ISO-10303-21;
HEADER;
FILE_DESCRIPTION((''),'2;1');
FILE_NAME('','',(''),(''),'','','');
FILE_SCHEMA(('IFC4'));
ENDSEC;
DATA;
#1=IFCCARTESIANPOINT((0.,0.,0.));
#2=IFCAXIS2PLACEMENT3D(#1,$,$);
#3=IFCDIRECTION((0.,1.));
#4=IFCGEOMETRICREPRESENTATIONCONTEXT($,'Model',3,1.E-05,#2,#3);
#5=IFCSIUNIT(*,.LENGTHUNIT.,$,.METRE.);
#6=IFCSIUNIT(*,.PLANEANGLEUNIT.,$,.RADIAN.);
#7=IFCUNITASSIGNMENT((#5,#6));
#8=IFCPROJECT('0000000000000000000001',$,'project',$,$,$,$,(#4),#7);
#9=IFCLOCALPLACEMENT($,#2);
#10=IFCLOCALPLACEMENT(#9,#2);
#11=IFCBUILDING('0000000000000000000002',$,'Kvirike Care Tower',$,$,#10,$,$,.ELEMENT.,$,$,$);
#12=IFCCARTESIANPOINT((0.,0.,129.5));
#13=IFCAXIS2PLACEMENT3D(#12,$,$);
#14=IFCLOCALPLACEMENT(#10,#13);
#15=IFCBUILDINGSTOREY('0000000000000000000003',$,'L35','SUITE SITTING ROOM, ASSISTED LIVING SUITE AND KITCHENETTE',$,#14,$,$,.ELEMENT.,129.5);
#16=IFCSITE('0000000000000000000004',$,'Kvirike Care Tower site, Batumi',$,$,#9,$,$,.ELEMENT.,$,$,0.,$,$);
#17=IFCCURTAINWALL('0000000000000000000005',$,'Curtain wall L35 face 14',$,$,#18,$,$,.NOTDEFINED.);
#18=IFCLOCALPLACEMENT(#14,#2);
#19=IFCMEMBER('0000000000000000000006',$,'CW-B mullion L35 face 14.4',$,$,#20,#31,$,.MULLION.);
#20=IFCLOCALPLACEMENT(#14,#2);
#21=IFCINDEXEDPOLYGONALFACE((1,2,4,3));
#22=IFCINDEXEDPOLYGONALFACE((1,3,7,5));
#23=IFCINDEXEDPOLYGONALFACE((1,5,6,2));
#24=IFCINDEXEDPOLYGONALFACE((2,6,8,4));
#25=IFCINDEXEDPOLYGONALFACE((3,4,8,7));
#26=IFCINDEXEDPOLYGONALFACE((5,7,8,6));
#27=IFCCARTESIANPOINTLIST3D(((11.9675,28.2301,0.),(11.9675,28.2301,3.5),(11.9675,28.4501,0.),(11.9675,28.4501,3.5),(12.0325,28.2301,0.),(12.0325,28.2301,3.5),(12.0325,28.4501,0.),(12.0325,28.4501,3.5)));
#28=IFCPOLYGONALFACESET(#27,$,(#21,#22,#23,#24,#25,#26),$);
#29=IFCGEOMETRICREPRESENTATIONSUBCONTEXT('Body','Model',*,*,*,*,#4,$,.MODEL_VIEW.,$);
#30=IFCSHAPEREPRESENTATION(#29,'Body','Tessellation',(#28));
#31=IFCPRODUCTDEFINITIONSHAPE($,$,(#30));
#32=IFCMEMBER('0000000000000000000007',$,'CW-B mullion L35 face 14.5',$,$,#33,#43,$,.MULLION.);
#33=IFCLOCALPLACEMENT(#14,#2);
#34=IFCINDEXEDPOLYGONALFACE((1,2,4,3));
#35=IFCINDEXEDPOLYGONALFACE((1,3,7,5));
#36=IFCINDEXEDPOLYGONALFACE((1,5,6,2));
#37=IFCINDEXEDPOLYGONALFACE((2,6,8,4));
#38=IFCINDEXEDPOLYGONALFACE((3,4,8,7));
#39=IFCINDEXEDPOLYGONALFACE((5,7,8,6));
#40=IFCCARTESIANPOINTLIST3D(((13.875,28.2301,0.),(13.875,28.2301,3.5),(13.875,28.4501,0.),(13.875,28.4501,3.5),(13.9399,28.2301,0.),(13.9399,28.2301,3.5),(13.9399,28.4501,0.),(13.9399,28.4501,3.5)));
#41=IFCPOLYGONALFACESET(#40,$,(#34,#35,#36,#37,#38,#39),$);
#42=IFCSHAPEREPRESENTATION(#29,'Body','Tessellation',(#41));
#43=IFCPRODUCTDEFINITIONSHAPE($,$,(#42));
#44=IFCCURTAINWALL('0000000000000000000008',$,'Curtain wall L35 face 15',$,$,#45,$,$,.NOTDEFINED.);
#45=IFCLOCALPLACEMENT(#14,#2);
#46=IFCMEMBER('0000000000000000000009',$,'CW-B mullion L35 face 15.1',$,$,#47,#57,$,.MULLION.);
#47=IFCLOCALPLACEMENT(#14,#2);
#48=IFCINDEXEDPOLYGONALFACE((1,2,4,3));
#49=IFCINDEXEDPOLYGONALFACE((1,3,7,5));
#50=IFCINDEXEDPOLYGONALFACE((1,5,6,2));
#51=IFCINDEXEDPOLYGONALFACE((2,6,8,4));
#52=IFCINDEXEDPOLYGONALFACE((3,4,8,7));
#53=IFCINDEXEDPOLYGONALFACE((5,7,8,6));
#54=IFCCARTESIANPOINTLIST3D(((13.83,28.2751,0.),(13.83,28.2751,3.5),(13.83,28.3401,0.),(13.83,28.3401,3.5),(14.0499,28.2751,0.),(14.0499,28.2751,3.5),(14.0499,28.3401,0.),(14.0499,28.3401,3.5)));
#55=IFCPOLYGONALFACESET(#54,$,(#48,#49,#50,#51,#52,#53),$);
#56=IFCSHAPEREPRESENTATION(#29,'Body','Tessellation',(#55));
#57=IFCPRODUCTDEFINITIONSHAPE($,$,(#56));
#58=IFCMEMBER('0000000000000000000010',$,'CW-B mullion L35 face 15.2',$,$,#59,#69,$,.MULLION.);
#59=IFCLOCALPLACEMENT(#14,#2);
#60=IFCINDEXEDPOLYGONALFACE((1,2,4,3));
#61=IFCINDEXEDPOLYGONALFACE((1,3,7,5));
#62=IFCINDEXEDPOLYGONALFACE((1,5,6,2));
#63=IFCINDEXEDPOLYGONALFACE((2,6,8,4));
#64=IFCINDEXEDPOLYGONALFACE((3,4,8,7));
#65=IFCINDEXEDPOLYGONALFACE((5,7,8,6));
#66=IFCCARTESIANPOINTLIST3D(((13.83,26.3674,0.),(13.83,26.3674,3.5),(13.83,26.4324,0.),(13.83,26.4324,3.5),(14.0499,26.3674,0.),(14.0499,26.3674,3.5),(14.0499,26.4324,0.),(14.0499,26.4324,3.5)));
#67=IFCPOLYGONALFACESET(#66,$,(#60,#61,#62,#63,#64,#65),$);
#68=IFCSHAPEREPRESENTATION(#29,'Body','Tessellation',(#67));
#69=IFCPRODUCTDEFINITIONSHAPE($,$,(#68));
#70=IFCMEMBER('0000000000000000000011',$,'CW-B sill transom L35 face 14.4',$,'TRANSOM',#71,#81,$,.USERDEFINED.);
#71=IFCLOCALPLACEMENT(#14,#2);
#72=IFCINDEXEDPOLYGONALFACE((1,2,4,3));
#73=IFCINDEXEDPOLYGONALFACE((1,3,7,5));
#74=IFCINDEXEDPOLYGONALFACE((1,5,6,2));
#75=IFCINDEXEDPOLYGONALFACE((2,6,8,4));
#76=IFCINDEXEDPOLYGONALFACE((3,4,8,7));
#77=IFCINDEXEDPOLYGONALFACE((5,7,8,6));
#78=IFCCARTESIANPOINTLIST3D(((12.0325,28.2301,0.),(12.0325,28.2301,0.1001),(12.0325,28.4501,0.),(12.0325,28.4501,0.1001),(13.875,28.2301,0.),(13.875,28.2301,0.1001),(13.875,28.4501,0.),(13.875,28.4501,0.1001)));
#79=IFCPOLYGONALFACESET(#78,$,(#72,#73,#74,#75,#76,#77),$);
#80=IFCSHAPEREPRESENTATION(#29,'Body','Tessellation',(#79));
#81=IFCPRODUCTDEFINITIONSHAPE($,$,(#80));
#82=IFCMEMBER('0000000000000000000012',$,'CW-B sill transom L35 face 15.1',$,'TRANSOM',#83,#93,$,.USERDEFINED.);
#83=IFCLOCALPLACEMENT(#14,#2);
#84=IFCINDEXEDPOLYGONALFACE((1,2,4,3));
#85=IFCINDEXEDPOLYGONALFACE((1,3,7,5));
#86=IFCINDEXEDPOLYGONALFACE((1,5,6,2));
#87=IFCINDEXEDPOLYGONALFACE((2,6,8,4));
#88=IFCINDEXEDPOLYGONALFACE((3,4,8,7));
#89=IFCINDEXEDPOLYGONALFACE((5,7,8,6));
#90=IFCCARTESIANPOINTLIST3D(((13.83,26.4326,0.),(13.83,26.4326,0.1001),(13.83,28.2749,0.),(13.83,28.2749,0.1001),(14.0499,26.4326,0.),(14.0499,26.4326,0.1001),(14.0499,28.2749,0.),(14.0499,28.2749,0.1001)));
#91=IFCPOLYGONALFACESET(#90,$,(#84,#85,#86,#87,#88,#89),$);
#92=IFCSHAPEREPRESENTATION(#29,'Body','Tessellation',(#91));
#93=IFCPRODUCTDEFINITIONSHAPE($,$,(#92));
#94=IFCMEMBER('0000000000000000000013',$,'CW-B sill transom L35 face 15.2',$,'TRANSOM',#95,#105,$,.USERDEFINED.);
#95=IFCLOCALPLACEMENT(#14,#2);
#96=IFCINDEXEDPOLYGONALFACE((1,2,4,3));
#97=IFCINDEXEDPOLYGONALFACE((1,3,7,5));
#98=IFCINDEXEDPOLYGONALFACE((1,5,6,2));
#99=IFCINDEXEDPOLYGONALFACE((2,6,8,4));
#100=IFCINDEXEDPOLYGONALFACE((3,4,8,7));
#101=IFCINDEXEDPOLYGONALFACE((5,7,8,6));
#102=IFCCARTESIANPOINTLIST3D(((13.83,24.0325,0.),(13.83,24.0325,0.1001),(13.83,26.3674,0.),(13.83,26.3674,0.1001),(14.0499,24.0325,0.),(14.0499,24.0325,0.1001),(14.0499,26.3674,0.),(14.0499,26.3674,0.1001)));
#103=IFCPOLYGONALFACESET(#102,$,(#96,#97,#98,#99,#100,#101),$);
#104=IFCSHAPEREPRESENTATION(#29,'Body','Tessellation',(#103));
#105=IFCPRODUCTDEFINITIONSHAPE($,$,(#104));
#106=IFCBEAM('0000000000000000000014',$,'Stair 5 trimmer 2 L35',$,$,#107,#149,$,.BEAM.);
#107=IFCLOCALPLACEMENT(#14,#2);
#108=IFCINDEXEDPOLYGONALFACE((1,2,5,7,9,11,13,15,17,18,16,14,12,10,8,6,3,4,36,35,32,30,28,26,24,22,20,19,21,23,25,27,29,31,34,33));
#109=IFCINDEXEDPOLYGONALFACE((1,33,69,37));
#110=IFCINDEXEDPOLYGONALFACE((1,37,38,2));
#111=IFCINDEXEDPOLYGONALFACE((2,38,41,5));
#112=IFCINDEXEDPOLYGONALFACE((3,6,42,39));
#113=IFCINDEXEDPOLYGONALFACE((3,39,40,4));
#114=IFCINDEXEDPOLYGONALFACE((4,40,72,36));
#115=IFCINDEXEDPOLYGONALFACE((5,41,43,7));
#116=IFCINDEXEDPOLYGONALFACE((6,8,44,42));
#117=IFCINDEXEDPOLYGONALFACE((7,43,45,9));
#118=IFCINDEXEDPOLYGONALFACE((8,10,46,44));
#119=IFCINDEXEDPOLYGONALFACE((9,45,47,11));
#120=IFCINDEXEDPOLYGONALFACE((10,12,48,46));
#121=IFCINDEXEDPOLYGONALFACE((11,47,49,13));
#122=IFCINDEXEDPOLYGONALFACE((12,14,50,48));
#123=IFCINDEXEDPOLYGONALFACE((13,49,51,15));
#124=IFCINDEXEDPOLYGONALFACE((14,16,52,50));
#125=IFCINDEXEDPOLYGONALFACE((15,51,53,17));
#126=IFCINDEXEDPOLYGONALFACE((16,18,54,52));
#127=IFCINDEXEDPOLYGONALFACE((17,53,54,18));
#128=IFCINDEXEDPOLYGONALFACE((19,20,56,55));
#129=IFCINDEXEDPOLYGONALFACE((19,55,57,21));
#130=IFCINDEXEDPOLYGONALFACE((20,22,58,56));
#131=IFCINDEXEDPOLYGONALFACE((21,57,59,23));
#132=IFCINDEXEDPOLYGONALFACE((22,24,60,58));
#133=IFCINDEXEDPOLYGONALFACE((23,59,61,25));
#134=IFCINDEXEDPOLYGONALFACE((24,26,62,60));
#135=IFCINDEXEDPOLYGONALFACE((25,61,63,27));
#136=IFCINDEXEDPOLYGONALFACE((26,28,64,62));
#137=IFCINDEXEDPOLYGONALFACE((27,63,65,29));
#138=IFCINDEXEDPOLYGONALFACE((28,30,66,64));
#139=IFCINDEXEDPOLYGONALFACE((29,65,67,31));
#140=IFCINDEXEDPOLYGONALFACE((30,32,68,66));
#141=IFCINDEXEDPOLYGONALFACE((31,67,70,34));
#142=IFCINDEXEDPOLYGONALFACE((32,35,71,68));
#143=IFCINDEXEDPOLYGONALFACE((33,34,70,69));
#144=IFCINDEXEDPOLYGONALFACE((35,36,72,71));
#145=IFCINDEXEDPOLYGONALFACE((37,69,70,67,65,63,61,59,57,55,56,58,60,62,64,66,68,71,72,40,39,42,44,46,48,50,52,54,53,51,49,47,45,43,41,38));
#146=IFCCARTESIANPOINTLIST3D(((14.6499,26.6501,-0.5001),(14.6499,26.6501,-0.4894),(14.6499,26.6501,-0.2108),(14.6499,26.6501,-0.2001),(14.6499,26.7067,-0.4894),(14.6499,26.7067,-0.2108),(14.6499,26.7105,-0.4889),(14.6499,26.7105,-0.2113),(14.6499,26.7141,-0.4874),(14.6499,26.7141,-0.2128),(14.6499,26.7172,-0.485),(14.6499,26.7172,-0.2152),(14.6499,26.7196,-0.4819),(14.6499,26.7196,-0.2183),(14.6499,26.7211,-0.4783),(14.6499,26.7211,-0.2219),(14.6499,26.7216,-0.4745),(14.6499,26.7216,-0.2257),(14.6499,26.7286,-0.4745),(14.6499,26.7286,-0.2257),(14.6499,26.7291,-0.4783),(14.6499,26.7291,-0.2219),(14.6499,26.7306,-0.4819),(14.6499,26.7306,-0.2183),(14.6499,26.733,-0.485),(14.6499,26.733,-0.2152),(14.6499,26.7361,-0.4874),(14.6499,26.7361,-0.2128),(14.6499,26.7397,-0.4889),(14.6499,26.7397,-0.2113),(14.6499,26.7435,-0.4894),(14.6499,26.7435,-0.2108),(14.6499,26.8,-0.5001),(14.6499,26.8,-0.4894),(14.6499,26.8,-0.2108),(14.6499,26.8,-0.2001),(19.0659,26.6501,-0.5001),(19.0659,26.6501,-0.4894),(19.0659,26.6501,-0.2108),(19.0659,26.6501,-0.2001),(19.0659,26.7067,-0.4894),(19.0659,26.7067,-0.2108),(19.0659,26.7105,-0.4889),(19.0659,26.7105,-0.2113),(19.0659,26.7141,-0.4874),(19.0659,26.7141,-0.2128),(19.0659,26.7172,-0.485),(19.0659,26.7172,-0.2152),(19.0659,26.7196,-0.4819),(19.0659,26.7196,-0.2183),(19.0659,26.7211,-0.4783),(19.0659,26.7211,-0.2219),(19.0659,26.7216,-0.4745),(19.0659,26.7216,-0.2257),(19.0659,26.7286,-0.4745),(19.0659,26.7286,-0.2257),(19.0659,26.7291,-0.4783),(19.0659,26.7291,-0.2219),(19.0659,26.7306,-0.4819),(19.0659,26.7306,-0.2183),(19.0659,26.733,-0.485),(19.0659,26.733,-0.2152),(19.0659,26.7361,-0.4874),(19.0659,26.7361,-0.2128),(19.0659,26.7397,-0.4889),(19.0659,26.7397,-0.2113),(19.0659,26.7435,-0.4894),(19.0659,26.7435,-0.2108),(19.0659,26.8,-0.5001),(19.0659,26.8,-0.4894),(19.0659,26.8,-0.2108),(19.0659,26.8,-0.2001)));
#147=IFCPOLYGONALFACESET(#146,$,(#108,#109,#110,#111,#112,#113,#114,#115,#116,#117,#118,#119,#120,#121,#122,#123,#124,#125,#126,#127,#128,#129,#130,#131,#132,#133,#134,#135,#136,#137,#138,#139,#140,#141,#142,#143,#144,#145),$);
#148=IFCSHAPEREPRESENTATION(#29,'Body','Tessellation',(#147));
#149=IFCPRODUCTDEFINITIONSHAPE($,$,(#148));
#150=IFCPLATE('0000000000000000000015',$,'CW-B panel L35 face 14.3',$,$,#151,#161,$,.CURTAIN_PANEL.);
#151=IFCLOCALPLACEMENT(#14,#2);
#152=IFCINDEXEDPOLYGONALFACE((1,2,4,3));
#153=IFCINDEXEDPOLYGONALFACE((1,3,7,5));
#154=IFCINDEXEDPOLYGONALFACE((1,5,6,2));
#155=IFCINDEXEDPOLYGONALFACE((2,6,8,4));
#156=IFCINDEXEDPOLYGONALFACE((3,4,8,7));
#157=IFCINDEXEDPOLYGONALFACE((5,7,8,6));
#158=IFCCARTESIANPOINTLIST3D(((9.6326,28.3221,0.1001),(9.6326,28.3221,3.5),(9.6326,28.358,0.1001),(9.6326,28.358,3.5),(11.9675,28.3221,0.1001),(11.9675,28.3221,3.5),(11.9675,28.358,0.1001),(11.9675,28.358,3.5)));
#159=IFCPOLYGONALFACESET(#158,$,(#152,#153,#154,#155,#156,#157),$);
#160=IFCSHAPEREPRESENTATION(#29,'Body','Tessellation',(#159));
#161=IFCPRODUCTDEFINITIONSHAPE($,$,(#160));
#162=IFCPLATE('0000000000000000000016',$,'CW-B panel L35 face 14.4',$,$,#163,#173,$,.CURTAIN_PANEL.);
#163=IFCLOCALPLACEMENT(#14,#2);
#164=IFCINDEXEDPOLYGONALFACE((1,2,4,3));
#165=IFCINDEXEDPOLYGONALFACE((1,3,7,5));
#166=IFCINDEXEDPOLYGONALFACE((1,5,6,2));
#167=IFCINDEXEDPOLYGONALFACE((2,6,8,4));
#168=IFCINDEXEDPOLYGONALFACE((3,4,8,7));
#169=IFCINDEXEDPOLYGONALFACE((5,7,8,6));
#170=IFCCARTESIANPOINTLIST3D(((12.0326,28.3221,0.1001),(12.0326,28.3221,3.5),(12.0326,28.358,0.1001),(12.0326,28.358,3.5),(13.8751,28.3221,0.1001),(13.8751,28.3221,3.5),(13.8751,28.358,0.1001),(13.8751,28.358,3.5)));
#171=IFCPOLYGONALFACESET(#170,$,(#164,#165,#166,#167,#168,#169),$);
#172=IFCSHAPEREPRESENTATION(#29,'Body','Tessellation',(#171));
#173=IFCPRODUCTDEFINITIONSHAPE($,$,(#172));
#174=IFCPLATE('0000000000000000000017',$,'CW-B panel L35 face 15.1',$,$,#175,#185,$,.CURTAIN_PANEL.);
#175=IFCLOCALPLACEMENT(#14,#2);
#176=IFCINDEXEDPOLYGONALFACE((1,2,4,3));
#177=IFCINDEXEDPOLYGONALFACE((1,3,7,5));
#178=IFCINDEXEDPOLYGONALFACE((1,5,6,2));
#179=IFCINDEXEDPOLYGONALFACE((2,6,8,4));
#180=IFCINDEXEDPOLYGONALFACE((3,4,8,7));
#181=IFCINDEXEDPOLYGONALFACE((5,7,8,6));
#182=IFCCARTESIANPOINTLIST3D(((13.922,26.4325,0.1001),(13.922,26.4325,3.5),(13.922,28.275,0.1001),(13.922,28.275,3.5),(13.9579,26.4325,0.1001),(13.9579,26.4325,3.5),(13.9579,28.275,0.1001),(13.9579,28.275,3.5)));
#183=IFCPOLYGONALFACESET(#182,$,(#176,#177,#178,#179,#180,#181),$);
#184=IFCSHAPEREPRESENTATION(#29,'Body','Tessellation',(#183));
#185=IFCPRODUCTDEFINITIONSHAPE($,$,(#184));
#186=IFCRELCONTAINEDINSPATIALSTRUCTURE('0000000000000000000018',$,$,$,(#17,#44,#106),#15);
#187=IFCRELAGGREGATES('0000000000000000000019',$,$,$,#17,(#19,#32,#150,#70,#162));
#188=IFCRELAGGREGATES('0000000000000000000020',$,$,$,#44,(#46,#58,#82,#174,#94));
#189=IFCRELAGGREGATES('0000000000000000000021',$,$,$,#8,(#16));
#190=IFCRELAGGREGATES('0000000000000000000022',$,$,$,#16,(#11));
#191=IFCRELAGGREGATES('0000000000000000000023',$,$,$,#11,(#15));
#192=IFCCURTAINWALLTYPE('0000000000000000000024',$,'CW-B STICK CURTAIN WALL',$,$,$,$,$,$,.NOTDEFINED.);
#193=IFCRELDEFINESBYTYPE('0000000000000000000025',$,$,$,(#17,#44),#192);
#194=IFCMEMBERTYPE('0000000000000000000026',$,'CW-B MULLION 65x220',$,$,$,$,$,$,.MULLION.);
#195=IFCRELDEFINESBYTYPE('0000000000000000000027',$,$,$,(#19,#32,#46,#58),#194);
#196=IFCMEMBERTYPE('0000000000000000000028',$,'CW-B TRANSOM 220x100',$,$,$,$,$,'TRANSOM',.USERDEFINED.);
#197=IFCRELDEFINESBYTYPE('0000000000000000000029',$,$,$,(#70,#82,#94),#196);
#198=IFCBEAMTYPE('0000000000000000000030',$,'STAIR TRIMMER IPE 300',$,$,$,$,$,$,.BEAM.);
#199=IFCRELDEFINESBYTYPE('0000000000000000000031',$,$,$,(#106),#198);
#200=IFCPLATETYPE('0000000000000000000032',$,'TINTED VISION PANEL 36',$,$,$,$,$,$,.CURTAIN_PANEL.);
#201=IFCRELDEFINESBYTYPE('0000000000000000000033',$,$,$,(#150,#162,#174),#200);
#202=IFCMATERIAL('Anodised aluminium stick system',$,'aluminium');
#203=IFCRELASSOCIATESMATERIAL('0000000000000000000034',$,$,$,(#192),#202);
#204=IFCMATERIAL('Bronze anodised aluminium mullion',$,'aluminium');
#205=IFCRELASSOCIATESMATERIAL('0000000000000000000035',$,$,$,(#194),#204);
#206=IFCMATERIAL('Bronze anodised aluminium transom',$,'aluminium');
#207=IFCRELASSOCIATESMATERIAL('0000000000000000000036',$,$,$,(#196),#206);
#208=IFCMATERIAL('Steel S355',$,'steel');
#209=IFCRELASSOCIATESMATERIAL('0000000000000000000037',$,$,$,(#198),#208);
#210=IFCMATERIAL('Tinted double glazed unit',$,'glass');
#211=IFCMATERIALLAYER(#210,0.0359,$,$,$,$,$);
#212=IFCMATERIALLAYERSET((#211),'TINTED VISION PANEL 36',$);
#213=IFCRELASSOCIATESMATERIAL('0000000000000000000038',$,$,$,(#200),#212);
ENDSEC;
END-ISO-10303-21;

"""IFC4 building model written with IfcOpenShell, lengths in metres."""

from ifc_helpers import new_model, si_unit, direction, frame, origin, origin_2d, place, context, subcontext, project, spatial, rectangle, i_section, extrude, material, layer, layer_set, material_profile, profile_set, type_object, element, aggregate, save


model = new_model("IFC4")

# Units and contexts
model_context = context("Model", 3, precision=1e-05, world=origin(), true_north=direction((0.0, 1.0)))
body_context = subcontext(model_context, "Body", "Model", "MODEL_VIEW")
ifc_project = project(units=[si_unit("LENGTHUNIT", "METRE"), si_unit("PLANEANGLEUNIT", "RADIAN")], contexts=[model_context])

# Site, building, storey
site_placement = place(None, origin())
site = spatial("IfcSite", under=ifc_project, at=site_placement, Name="Kvirike Care Tower site, Batumi", CompositionType="ELEMENT", RefElevation=0.0)
building_placement = place(site_placement, origin())
building = spatial("IfcBuilding", under=site, at=building_placement, Name="Kvirike Care Tower", CompositionType="ELEMENT")
storey_placement = place(building_placement, frame((0.0, 0.0, 129.5)))
storey = spatial("IfcBuildingStorey", under=building, at=storey_placement, Name="L35", Description="SUITE SITTING ROOM, ASSISTED LIVING SUITE AND KITCHENETTE", CompositionType="ELEMENT", Elevation=129.5)

# Curtain walls, members
ifc_material_1 = material(Name="Anodised aluminium stick system", Category="aluminium")
curtain_wall_type = type_object("IfcCurtainWallType", Name="CW-B STICK CURTAIN WALL", PredefinedType="NOTDEFINED", material=ifc_material_1)
curtain_wall_1_placement = place(storey_placement, origin())
curtain_wall_1 = element("IfcCurtainWall", 1, at=curtain_wall_1_placement, inside=storey, type_object=curtain_wall_type, Name="Curtain wall L35 face 14", PredefinedType="NOTDEFINED")
ifc_material_2 = material(Name="Bronze anodised aluminium mullion", Category="aluminium")
ifc_material_profile_1 = material_profile(ifc_material_2, rectangle(XDim=0.0649, YDim=0.22, at=origin_2d()), Name="CW-B MULLION 65x220")
ifc_profile_set_1 = profile_set([ifc_material_profile_1], Name="Bronze anodised aluminium mullion")
member_type_1 = type_object("IfcMemberType", Name="CW-B MULLION 65x220", PredefinedType="MULLION", material=ifc_profile_set_1)
member_1_placement = place(storey_placement, frame((12.0, 28.3401, 0.0), z_axis=(0.0, 0.0, 1.0), x_axis=(1.0, 0.0, 0.0)))
member_1 = element("IfcMember", 2, at=member_1_placement, type_object=member_type_1, Name="CW-B mullion L35 face 14.4", PredefinedType="MULLION", context=body_context, shape_type="SweptSolid", body=[
    extrude(rectangle(XDim=0.0649, YDim=0.22, at=origin_2d()), origin(), (0.0, 0.0, 1.0), 3.5),
])
member_2_placement = place(storey_placement, frame((13.9075, 28.3401, 0.0), z_axis=(0.0, 0.0, 1.0), x_axis=(1.0, 0.0, 0.0)))
member_2 = element("IfcMember", 3, at=member_2_placement, type_object=member_type_1, Name="CW-B mullion L35 face 14.5", PredefinedType="MULLION", context=body_context, shape_type="SweptSolid", body=[
    extrude(rectangle(XDim=0.0649, YDim=0.22, at=origin_2d()), origin(), (0.0, 0.0, 1.0), 3.5),
])
curtain_wall_2_placement = place(storey_placement, origin())
curtain_wall_2 = element("IfcCurtainWall", 4, at=curtain_wall_2_placement, inside=storey, type_object=curtain_wall_type, Name="Curtain wall L35 face 15", PredefinedType="NOTDEFINED")
member_3_placement = place(storey_placement, frame((13.9399, 28.3076, 0.0), z_axis=(0.0, 0.0, 1.0), x_axis=(0.0, -1.0, 0.0)))
member_3 = element("IfcMember", 5, at=member_3_placement, type_object=member_type_1, Name="CW-B mullion L35 face 15.1", PredefinedType="MULLION", context=body_context, shape_type="SweptSolid", body=[
    extrude(rectangle(XDim=0.0649, YDim=0.22, at=origin_2d()), origin(), (0.0, 0.0, 1.0), 3.5),
])
member_4_placement = place(storey_placement, frame((13.9399, 26.3999, 0.0), z_axis=(0.0, 0.0, 1.0), x_axis=(0.0, -1.0, 0.0)))
member_4 = element("IfcMember", 6, at=member_4_placement, type_object=member_type_1, Name="CW-B mullion L35 face 15.2", PredefinedType="MULLION", context=body_context, shape_type="SweptSolid", body=[
    extrude(rectangle(XDim=0.0649, YDim=0.22, at=origin_2d()), origin(), (0.0, 0.0, 1.0), 3.5),
])

# Members
ifc_material_3 = material(Name="Bronze anodised aluminium transom", Category="aluminium")
ifc_material_profile_2 = material_profile(ifc_material_3, rectangle(XDim=0.22, YDim=0.1001, at=origin_2d()), Name="CW-B TRANSOM 220x100")
ifc_profile_set_2 = profile_set([ifc_material_profile_2], Name="Bronze anodised aluminium transom")
member_type_2 = type_object("IfcMemberType", Name="CW-B TRANSOM 220x100", ElementType="TRANSOM", PredefinedType="USERDEFINED", material=ifc_profile_set_2)
member_5_placement = place(storey_placement, frame((12.0325, 28.3401, 0.05), z_axis=(1.0, 0.0, 0.0), x_axis=(0.0, 1.0, 0.0)))
member_5 = element("IfcMember", 7, at=member_5_placement, type_object=member_type_2, Name="CW-B sill transom L35 face 14.4", ObjectType="TRANSOM", PredefinedType="USERDEFINED", context=body_context, shape_type="SweptSolid", body=[
    extrude(rectangle(XDim=0.22, YDim=0.1001, at=origin_2d()), origin(), (0.0, 0.0, 1.0), 1.8425),
])
member_6_placement = place(storey_placement, frame((13.9399, 28.2749, 0.05), z_axis=(0.0, -1.0, 0.0), x_axis=(1.0, 0.0, 0.0)))
member_6 = element("IfcMember", 8, at=member_6_placement, type_object=member_type_2, Name="CW-B sill transom L35 face 15.1", ObjectType="TRANSOM", PredefinedType="USERDEFINED", context=body_context, shape_type="SweptSolid", body=[
    extrude(rectangle(XDim=0.22, YDim=0.1001, at=origin_2d()), origin(), (0.0, 0.0, 1.0), 1.8423),
])
member_7_placement = place(storey_placement, frame((13.9399, 26.3674, 0.05), z_axis=(0.0, -1.0, 0.0), x_axis=(1.0, 0.0, 0.0)))
member_7 = element("IfcMember", 9, at=member_7_placement, type_object=member_type_2, Name="CW-B sill transom L35 face 15.2", ObjectType="TRANSOM", PredefinedType="USERDEFINED", context=body_context, shape_type="SweptSolid", body=[
    extrude(rectangle(XDim=0.22, YDim=0.1001, at=origin_2d()), origin(), (0.0, 0.0, 1.0), 2.335),
])

# Beam
ifc_material_4 = material(Name="Steel S355", Category="steel")
ifc_material_profile_3 = material_profile(ifc_material_4, i_section(OverallWidth=0.1499, OverallDepth=0.3, WebThickness=0.0071, FlangeThickness=0.0107, FilletRadius=0.0149, at=origin_2d()), Name="IPE 300")
ifc_profile_set_3 = profile_set([ifc_material_profile_3], Name="Steel S355")
beam_type = type_object("IfcBeamType", Name="STAIR TRIMMER IPE 300", PredefinedType="BEAM", material=ifc_profile_set_3)
beam_placement = place(storey_placement, frame((14.6499, 26.7251, -0.3501), z_axis=(1.0, 0.0, 0.0), x_axis=(0.0, 1.0, 0.0)))
element("IfcBeam", 10, at=beam_placement, inside=storey, type_object=beam_type, Name="Stair 5 trimmer 2 L35", PredefinedType="BEAM", context=body_context, shape_type="SweptSolid", body=[
    extrude(i_section(OverallWidth=0.1499, OverallDepth=0.3, WebThickness=0.0071, FlangeThickness=0.0107, FilletRadius=0.0149, at=origin_2d()), origin(), (0.0, 0.0, 1.0), 4.416),
])

# Plates
ifc_material_5 = material(Name="Tinted double glazed unit", Category="glass")
ifc_layer_1 = layer(ifc_material_5, 0.0359)
ifc_layer_set_1 = layer_set([ifc_layer_1], Name="TINTED VISION PANEL 36")
plate_type = type_object("IfcPlateType", Name="TINTED VISION PANEL 36", PredefinedType="CURTAIN_PANEL", material=ifc_layer_set_1)
plate_1_placement = place(storey_placement, frame((10.8, 28.3401, 0.1001), z_axis=(0.0, 0.0, 1.0), x_axis=(1.0, 0.0, 0.0)))
plate_1 = element("IfcPlate", 11, at=plate_1_placement, type_object=plate_type, Name="CW-B panel L35 face 14.3", PredefinedType="CURTAIN_PANEL", context=body_context, shape_type="SweptSolid", body=[
    extrude(rectangle(XDim=2.335, YDim=0.0359, at=origin_2d()), origin(), (0.0, 0.0, 1.0), 3.3999),
])
plate_2_placement = place(storey_placement, frame((12.9539, 28.3401, 0.1001), z_axis=(0.0, 0.0, 1.0), x_axis=(1.0, 0.0, 0.0)))
plate_2 = element("IfcPlate", 12, at=plate_2_placement, type_object=plate_type, Name="CW-B panel L35 face 14.4", PredefinedType="CURTAIN_PANEL", context=body_context, shape_type="SweptSolid", body=[
    extrude(rectangle(XDim=1.8425, YDim=0.0359, at=origin_2d()), origin(), (0.0, 0.0, 1.0), 3.3999),
])
aggregate(curtain_wall_1, [member_1, member_2, plate_1, member_5, plate_2])
plate_3_placement = place(storey_placement, frame((13.9399, 27.3538, 0.1001), z_axis=(0.0, 0.0, 1.0), x_axis=(0.0, -1.0, 0.0)))
plate_3 = element("IfcPlate", 13, at=plate_3_placement, type_object=plate_type, Name="CW-B panel L35 face 15.1", PredefinedType="CURTAIN_PANEL", context=body_context, shape_type="SweptSolid", body=[
    extrude(rectangle(XDim=1.8425, YDim=0.0359, at=origin_2d()), origin(), (0.0, 0.0, 1.0), 3.3999),
])
aggregate(curtain_wall_2, [member_3, member_4, member_6, plate_3, member_7])

save(model, "model.ifc")
